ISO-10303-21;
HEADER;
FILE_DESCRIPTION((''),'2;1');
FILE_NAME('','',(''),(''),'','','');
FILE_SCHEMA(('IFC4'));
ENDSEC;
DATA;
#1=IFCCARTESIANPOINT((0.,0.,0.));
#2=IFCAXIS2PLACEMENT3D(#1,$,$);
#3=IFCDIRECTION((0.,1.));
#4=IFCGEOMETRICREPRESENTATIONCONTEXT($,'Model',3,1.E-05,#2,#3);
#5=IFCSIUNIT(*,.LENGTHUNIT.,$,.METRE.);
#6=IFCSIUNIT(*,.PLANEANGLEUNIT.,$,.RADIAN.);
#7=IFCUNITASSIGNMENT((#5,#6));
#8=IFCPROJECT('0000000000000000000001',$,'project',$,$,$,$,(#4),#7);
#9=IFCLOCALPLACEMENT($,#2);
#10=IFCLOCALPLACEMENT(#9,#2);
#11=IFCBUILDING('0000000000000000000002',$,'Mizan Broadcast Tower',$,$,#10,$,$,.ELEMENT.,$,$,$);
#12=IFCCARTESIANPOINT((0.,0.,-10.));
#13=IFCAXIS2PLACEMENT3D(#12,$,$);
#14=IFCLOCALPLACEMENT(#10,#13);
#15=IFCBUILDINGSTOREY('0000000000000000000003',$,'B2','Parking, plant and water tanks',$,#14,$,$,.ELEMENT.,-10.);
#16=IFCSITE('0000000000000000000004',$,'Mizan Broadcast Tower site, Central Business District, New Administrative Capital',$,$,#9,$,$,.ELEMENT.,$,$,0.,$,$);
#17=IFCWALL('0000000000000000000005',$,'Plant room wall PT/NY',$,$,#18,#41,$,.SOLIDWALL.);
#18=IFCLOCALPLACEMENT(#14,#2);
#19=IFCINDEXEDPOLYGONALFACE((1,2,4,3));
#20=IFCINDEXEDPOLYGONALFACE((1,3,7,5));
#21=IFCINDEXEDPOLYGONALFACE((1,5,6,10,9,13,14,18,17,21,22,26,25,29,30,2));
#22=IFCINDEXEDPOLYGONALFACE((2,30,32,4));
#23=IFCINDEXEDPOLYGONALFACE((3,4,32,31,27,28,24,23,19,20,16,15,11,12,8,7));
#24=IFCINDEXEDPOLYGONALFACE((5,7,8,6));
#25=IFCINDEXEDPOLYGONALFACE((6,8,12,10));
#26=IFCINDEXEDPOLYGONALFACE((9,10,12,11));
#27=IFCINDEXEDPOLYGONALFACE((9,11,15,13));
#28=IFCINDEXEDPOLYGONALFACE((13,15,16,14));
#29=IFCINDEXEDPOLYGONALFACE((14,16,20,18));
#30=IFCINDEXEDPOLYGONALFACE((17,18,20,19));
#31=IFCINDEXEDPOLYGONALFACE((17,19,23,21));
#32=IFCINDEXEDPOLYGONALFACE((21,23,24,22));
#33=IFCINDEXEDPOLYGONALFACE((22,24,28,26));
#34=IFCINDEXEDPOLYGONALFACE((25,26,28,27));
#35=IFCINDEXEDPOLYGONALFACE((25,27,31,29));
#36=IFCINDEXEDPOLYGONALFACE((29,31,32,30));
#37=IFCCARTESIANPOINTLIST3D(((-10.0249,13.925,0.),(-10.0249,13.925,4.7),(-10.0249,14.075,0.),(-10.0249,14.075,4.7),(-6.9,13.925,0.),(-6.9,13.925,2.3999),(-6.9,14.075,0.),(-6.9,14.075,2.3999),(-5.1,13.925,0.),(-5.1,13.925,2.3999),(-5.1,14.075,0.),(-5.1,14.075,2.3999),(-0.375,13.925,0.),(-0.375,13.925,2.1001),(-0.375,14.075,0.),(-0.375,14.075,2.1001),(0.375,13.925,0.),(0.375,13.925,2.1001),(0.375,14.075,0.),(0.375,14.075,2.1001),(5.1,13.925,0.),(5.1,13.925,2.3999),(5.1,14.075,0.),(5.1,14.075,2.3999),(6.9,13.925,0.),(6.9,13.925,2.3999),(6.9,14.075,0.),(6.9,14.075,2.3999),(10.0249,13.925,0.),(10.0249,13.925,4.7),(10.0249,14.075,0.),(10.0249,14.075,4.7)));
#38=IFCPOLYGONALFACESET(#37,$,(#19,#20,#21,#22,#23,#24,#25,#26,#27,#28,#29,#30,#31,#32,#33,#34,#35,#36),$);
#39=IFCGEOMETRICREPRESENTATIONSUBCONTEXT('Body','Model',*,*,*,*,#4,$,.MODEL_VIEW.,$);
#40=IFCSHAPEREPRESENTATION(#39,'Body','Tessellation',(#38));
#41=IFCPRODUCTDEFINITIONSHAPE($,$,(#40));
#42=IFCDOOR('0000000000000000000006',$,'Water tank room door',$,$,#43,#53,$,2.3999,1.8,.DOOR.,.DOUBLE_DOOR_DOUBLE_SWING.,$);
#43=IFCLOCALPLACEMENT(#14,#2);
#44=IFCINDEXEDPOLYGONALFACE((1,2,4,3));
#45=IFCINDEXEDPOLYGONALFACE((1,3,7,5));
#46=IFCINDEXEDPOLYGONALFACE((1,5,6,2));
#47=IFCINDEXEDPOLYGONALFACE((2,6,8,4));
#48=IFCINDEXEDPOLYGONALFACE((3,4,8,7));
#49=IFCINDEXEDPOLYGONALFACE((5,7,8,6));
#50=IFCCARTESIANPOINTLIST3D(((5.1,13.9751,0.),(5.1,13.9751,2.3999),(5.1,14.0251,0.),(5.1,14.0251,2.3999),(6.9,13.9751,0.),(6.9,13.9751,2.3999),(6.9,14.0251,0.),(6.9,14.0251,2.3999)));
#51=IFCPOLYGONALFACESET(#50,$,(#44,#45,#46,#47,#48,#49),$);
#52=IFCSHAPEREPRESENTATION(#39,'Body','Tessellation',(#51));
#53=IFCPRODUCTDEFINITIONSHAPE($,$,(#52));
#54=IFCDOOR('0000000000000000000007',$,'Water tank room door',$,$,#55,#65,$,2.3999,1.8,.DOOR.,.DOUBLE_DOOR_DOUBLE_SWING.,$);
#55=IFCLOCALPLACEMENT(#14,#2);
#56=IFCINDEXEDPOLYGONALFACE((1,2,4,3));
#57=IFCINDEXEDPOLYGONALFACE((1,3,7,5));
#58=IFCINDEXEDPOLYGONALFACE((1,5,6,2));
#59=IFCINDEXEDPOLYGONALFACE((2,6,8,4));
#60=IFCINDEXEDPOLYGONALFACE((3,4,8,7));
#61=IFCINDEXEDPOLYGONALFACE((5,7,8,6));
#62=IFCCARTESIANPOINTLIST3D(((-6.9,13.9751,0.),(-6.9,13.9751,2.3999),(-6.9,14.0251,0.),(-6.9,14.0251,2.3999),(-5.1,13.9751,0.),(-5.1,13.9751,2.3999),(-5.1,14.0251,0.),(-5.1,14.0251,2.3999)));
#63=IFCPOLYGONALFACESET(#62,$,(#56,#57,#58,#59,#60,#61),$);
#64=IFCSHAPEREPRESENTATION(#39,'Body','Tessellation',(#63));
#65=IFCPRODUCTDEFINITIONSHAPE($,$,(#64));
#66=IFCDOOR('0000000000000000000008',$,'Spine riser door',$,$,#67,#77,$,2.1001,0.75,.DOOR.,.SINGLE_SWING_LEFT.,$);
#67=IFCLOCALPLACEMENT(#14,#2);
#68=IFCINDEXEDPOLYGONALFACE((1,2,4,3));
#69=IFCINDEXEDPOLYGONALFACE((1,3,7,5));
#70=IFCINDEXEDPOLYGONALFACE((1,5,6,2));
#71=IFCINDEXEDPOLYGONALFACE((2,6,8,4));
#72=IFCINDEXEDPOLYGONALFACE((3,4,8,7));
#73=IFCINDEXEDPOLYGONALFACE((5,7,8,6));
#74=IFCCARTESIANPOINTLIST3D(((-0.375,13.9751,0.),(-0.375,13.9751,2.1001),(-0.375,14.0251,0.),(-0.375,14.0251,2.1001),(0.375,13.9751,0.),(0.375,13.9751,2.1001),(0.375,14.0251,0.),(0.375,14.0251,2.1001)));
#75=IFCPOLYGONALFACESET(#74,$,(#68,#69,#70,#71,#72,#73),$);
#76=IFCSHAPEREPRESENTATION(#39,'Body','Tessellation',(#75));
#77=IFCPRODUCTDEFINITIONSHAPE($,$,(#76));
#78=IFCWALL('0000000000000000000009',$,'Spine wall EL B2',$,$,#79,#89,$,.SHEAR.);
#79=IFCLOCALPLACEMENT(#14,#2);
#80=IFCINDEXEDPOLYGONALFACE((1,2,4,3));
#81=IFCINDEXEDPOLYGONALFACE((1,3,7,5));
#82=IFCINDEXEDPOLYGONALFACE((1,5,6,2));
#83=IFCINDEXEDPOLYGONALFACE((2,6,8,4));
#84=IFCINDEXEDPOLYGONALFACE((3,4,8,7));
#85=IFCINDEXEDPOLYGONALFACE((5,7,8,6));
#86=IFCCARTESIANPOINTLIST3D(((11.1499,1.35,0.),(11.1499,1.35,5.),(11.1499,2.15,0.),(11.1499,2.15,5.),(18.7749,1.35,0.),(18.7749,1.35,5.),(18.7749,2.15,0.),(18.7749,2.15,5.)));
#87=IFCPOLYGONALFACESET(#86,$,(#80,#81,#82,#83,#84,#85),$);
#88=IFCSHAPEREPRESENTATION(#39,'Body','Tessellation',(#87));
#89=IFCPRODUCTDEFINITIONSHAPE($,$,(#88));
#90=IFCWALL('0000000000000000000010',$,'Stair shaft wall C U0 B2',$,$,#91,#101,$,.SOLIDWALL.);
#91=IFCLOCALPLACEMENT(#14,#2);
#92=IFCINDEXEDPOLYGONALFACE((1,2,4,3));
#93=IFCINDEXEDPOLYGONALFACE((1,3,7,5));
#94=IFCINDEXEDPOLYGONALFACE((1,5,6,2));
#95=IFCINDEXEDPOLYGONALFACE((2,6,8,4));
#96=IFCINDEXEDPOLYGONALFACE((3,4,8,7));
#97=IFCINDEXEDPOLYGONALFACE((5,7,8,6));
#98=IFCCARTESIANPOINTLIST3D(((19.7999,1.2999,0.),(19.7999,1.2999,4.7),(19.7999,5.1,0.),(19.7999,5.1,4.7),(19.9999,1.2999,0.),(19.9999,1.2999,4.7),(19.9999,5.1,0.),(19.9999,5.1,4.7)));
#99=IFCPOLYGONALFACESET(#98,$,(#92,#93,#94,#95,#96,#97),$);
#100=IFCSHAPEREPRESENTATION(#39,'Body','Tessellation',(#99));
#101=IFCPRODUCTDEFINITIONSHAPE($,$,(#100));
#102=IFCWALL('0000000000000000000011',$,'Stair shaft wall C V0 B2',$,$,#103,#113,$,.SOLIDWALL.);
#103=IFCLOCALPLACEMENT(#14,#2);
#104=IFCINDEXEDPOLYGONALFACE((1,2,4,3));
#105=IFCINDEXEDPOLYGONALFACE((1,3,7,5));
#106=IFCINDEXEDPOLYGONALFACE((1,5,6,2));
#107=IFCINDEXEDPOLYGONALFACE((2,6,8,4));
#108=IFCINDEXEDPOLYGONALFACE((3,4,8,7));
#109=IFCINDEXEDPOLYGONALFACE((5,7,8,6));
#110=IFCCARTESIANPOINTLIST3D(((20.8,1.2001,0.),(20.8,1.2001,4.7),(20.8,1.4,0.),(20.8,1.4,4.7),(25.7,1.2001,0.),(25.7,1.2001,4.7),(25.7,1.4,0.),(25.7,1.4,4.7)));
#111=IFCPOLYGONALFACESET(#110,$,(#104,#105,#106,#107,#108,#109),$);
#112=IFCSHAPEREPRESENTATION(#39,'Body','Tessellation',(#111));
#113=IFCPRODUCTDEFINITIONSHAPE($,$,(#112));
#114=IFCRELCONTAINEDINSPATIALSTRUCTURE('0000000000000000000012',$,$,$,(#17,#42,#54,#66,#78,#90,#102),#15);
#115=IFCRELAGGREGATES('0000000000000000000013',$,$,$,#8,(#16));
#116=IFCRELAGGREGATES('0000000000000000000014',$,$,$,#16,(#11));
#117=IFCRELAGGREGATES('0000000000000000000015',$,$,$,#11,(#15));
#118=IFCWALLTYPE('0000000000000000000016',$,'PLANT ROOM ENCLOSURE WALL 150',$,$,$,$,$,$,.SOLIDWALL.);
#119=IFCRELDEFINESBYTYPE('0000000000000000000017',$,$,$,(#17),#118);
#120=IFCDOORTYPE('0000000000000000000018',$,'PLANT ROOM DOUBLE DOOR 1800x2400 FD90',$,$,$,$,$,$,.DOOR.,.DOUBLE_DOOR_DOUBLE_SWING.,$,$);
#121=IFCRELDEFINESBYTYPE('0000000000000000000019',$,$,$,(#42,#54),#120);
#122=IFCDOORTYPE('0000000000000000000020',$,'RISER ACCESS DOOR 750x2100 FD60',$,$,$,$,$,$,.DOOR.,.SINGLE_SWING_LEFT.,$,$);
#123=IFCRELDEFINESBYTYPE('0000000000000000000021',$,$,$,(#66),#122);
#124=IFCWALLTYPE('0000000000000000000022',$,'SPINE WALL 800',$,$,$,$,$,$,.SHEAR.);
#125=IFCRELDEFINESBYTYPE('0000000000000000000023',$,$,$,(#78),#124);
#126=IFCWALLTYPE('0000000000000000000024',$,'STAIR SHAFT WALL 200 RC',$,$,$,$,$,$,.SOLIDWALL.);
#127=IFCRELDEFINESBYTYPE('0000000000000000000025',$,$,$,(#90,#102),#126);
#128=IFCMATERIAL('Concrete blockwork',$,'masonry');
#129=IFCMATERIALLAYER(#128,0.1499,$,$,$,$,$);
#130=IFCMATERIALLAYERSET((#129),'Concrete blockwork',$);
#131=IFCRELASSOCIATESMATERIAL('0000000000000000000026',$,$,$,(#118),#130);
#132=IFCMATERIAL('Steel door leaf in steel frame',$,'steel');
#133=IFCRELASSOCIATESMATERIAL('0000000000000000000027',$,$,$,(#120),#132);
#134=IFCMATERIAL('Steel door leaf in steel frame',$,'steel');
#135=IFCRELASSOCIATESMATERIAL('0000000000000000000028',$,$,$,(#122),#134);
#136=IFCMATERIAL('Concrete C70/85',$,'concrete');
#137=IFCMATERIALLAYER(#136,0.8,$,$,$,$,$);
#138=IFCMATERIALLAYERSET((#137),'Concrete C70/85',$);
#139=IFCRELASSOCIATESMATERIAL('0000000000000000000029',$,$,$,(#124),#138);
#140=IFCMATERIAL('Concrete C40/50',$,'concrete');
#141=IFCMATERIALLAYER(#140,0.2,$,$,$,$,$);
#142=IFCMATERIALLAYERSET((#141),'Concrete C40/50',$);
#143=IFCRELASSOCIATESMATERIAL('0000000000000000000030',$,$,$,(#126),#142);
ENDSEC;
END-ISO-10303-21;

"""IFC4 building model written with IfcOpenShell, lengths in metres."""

from ifc_helpers import new_model, si_unit, direction, frame, frame_2d, origin, place, context, subcontext, project, spatial, rectangle, extrude, material, layer, layer_set, type_object, element, fill, save


model = new_model("IFC4")

# Units and contexts
model_context = context("Model", 3, precision=1e-05, world=origin(), true_north=direction((0.0, 1.0)))
body_context = subcontext(model_context, "Body", "Model", "MODEL_VIEW")
ifc_project = project(units=[si_unit("LENGTHUNIT", "METRE"), si_unit("PLANEANGLEUNIT", "RADIAN")], contexts=[model_context])

# Site, building, storey
site_placement = place(None, origin())
site = spatial("IfcSite", under=ifc_project, at=site_placement, Name="Mizan Broadcast Tower site, Central Business District, New Administrative Capital", CompositionType="ELEMENT", RefElevation=0.0)
building_placement = place(site_placement, origin())
building = spatial("IfcBuilding", under=site, at=building_placement, Name="Mizan Broadcast Tower", CompositionType="ELEMENT")
storey_placement = place(building_placement, frame((0.0, 0.0, -10.0)))
storey = spatial("IfcBuildingStorey", under=building, at=storey_placement, Name="B2", Description="Parking, plant and water tanks", CompositionType="ELEMENT", Elevation=-10.0)

# Shared definitions
ifc_material_1 = material(Name="Concrete blockwork", Category="masonry")
ifc_layer_1 = layer(ifc_material_1, 0.1499)
ifc_layer_set_1 = layer_set([ifc_layer_1], Name="Concrete blockwork")
wall_type_1 = type_object("IfcWallType", Name="PLANT ROOM ENCLOSURE WALL 150", PredefinedType="SOLIDWALL", material=ifc_layer_set_1)

# Wall, openings, doors
wall_1_placement = place(storey_placement, frame((10.0249, 14.0, 0.0), z_axis=(0.0, 0.0, 1.0), x_axis=(-1.0, 0.0, 0.0)))
wall_1 = element("IfcWall", 1, at=wall_1_placement, inside=storey, type_object=wall_type_1, Name="Plant room wall PT/NY", PredefinedType="SOLIDWALL", context=body_context, shape_type="SweptSolid", body=[
    extrude(rectangle(XDim=20.0498, YDim=0.1499, at=frame_2d((10.0249, 0.0))), origin(), (0.0, 0.0, 1.0), 4.7),
])
opening_1_placement = place(wall_1_placement, frame((9.6499, 0.0, 0.0)))
opening_1 = element("IfcOpeningElement", 2, at=opening_1_placement, cuts=wall_1, PredefinedType="OPENING", context=body_context, shape_type="SweptSolid", body=[
    extrude(rectangle(XDim=0.75, YDim=2.1001, at=frame_2d((0.375, 1.05))), frame((0.0, 0.085, 0.0), z_axis=(0.0, -1.0, 0.0), x_axis=(1.0, 0.0, 0.0)), (0.0, 0.0, 1.0), 0.1699),
])
opening_2_placement = place(wall_1_placement, frame((3.125, 0.0, 0.0)))
opening_2 = element("IfcOpeningElement", 3, at=opening_2_placement, cuts=wall_1, PredefinedType="OPENING", context=body_context, shape_type="SweptSolid", body=[
    extrude(rectangle(XDim=1.8, YDim=2.3999, at=frame_2d((0.8999, 1.2))), frame((0.0, 0.085, 0.0), z_axis=(0.0, -1.0, 0.0), x_axis=(1.0, 0.0, 0.0)), (0.0, 0.0, 1.0), 0.1699),
])
opening_3_placement = place(wall_1_placement, frame((15.125, 0.0, 0.0)))
opening_3 = element("IfcOpeningElement", 4, at=opening_3_placement, cuts=wall_1, PredefinedType="OPENING", context=body_context, shape_type="SweptSolid", body=[
    extrude(rectangle(XDim=1.8, YDim=2.3999, at=frame_2d((0.8999, 1.2))), frame((0.0, 0.085, 0.0), z_axis=(0.0, -1.0, 0.0), x_axis=(1.0, 0.0, 0.0)), (0.0, 0.0, 1.0), 0.1699),
])
ifc_material_2 = material(Name="Steel door leaf in steel frame", Category="steel")
door_type_1 = type_object("IfcDoorType", Name="PLANT ROOM DOUBLE DOOR 1800x2400 FD90", OperationType="DOUBLE_DOOR_DOUBLE_SWING", PredefinedType="DOOR", material=ifc_material_2)
door_1_placement = place(opening_2_placement, origin())
door_1 = element("IfcDoor", 5, at=door_1_placement, inside=storey, type_object=door_type_1, Name="Water tank room door", OperationType="DOUBLE_DOOR_DOUBLE_SWING", OverallHeight=2.3999, OverallWidth=1.8, PredefinedType="DOOR", context=body_context, shape_type="SweptSolid", body=[
    extrude(rectangle(XDim=1.8, YDim=2.3999, at=frame_2d((0.8999, 1.2))), frame((0.0, 0.0249, 0.0), z_axis=(0.0, -1.0, 0.0), x_axis=(1.0, 0.0, 0.0)), (0.0, 0.0, 1.0), 0.05),
])
fill(opening_2, door_1)
door_2_placement = place(opening_3_placement, origin())
door_2 = element("IfcDoor", 6, at=door_2_placement, inside=storey, type_object=door_type_1, Name="Water tank room door", OperationType="DOUBLE_DOOR_DOUBLE_SWING", OverallHeight=2.3999, OverallWidth=1.8, PredefinedType="DOOR", context=body_context, shape_type="SweptSolid", body=[
    extrude(rectangle(XDim=1.8, YDim=2.3999, at=frame_2d((0.8999, 1.2))), frame((0.0, 0.0249, 0.0), z_axis=(0.0, -1.0, 0.0), x_axis=(1.0, 0.0, 0.0)), (0.0, 0.0, 1.0), 0.05),
])
fill(opening_3, door_2)
ifc_material_3 = material(Name="Steel door leaf in steel frame", Category="steel")
door_type_2 = type_object("IfcDoorType", Name="RISER ACCESS DOOR 750x2100 FD60", OperationType="SINGLE_SWING_LEFT", PredefinedType="DOOR", material=ifc_material_3)
door_3_placement = place(opening_1_placement, origin())
door_3 = element("IfcDoor", 7, at=door_3_placement, inside=storey, type_object=door_type_2, Name="Spine riser door", OperationType="SINGLE_SWING_LEFT", OverallHeight=2.1001, OverallWidth=0.75, PredefinedType="DOOR", context=body_context, shape_type="SweptSolid", body=[
    extrude(rectangle(XDim=0.75, YDim=2.1001, at=frame_2d((0.375, 1.05))), frame((0.0, 0.0249, 0.0), z_axis=(0.0, -1.0, 0.0), x_axis=(1.0, 0.0, 0.0)), (0.0, 0.0, 1.0), 0.05),
])
fill(opening_1, door_3)

# Walls
ifc_material_4 = material(Name="Concrete C70/85", Category="concrete")
ifc_layer_2 = layer(ifc_material_4, 0.8)
ifc_layer_set_2 = layer_set([ifc_layer_2], Name="Concrete C70/85")
wall_type_2 = type_object("IfcWallType", Name="SPINE WALL 800", PredefinedType="SHEAR", material=ifc_layer_set_2)
wall_2_placement = place(storey_placement, frame((11.1499, 1.75, 0.0), z_axis=(0.0, 0.0, 1.0), x_axis=(1.0, 0.0, 0.0)))
element("IfcWall", 8, at=wall_2_placement, inside=storey, type_object=wall_type_2, Name="Spine wall EL B2", PredefinedType="SHEAR", context=body_context, shape_type="SweptSolid", body=[
    extrude(rectangle(XDim=7.625, YDim=0.8, at=frame_2d((3.8125, 0.0))), origin(), (0.0, 0.0, 1.0), 5.0),
])
ifc_material_5 = material(Name="Concrete C40/50", Category="concrete")
ifc_layer_3 = layer(ifc_material_5, 0.2)
ifc_layer_set_3 = layer_set([ifc_layer_3], Name="Concrete C40/50")
wall_type_3 = type_object("IfcWallType", Name="STAIR SHAFT WALL 200 RC", PredefinedType="SOLIDWALL", material=ifc_layer_set_3)
wall_3_placement = place(storey_placement, frame((19.8999, 1.3, 0.0), z_axis=(0.0, 0.0, 1.0), x_axis=(0.0, 1.0, 0.0)))
element("IfcWall", 9, at=wall_3_placement, inside=storey, type_object=wall_type_3, Name="Stair shaft wall C U0 B2", PredefinedType="SOLIDWALL", context=body_context, shape_type="SweptSolid", body=[
    extrude(rectangle(XDim=3.8, YDim=0.2, at=frame_2d((1.8999, 0.0))), origin(), (0.0, 0.0, 1.0), 4.7),
])
wall_4_placement = place(storey_placement, frame((20.8, 1.3, 0.0), z_axis=(0.0, 0.0, 1.0), x_axis=(1.0, 0.0, 0.0)))
element("IfcWall", 10, at=wall_4_placement, inside=storey, type_object=wall_type_3, Name="Stair shaft wall C V0 B2", PredefinedType="SOLIDWALL", context=body_context, shape_type="SweptSolid", body=[
    extrude(rectangle(XDim=4.8999, YDim=0.2, at=frame_2d((2.45, 0.0))), origin(), (0.0, 0.0, 1.0), 4.7),
])

save(model, "model.ifc")
